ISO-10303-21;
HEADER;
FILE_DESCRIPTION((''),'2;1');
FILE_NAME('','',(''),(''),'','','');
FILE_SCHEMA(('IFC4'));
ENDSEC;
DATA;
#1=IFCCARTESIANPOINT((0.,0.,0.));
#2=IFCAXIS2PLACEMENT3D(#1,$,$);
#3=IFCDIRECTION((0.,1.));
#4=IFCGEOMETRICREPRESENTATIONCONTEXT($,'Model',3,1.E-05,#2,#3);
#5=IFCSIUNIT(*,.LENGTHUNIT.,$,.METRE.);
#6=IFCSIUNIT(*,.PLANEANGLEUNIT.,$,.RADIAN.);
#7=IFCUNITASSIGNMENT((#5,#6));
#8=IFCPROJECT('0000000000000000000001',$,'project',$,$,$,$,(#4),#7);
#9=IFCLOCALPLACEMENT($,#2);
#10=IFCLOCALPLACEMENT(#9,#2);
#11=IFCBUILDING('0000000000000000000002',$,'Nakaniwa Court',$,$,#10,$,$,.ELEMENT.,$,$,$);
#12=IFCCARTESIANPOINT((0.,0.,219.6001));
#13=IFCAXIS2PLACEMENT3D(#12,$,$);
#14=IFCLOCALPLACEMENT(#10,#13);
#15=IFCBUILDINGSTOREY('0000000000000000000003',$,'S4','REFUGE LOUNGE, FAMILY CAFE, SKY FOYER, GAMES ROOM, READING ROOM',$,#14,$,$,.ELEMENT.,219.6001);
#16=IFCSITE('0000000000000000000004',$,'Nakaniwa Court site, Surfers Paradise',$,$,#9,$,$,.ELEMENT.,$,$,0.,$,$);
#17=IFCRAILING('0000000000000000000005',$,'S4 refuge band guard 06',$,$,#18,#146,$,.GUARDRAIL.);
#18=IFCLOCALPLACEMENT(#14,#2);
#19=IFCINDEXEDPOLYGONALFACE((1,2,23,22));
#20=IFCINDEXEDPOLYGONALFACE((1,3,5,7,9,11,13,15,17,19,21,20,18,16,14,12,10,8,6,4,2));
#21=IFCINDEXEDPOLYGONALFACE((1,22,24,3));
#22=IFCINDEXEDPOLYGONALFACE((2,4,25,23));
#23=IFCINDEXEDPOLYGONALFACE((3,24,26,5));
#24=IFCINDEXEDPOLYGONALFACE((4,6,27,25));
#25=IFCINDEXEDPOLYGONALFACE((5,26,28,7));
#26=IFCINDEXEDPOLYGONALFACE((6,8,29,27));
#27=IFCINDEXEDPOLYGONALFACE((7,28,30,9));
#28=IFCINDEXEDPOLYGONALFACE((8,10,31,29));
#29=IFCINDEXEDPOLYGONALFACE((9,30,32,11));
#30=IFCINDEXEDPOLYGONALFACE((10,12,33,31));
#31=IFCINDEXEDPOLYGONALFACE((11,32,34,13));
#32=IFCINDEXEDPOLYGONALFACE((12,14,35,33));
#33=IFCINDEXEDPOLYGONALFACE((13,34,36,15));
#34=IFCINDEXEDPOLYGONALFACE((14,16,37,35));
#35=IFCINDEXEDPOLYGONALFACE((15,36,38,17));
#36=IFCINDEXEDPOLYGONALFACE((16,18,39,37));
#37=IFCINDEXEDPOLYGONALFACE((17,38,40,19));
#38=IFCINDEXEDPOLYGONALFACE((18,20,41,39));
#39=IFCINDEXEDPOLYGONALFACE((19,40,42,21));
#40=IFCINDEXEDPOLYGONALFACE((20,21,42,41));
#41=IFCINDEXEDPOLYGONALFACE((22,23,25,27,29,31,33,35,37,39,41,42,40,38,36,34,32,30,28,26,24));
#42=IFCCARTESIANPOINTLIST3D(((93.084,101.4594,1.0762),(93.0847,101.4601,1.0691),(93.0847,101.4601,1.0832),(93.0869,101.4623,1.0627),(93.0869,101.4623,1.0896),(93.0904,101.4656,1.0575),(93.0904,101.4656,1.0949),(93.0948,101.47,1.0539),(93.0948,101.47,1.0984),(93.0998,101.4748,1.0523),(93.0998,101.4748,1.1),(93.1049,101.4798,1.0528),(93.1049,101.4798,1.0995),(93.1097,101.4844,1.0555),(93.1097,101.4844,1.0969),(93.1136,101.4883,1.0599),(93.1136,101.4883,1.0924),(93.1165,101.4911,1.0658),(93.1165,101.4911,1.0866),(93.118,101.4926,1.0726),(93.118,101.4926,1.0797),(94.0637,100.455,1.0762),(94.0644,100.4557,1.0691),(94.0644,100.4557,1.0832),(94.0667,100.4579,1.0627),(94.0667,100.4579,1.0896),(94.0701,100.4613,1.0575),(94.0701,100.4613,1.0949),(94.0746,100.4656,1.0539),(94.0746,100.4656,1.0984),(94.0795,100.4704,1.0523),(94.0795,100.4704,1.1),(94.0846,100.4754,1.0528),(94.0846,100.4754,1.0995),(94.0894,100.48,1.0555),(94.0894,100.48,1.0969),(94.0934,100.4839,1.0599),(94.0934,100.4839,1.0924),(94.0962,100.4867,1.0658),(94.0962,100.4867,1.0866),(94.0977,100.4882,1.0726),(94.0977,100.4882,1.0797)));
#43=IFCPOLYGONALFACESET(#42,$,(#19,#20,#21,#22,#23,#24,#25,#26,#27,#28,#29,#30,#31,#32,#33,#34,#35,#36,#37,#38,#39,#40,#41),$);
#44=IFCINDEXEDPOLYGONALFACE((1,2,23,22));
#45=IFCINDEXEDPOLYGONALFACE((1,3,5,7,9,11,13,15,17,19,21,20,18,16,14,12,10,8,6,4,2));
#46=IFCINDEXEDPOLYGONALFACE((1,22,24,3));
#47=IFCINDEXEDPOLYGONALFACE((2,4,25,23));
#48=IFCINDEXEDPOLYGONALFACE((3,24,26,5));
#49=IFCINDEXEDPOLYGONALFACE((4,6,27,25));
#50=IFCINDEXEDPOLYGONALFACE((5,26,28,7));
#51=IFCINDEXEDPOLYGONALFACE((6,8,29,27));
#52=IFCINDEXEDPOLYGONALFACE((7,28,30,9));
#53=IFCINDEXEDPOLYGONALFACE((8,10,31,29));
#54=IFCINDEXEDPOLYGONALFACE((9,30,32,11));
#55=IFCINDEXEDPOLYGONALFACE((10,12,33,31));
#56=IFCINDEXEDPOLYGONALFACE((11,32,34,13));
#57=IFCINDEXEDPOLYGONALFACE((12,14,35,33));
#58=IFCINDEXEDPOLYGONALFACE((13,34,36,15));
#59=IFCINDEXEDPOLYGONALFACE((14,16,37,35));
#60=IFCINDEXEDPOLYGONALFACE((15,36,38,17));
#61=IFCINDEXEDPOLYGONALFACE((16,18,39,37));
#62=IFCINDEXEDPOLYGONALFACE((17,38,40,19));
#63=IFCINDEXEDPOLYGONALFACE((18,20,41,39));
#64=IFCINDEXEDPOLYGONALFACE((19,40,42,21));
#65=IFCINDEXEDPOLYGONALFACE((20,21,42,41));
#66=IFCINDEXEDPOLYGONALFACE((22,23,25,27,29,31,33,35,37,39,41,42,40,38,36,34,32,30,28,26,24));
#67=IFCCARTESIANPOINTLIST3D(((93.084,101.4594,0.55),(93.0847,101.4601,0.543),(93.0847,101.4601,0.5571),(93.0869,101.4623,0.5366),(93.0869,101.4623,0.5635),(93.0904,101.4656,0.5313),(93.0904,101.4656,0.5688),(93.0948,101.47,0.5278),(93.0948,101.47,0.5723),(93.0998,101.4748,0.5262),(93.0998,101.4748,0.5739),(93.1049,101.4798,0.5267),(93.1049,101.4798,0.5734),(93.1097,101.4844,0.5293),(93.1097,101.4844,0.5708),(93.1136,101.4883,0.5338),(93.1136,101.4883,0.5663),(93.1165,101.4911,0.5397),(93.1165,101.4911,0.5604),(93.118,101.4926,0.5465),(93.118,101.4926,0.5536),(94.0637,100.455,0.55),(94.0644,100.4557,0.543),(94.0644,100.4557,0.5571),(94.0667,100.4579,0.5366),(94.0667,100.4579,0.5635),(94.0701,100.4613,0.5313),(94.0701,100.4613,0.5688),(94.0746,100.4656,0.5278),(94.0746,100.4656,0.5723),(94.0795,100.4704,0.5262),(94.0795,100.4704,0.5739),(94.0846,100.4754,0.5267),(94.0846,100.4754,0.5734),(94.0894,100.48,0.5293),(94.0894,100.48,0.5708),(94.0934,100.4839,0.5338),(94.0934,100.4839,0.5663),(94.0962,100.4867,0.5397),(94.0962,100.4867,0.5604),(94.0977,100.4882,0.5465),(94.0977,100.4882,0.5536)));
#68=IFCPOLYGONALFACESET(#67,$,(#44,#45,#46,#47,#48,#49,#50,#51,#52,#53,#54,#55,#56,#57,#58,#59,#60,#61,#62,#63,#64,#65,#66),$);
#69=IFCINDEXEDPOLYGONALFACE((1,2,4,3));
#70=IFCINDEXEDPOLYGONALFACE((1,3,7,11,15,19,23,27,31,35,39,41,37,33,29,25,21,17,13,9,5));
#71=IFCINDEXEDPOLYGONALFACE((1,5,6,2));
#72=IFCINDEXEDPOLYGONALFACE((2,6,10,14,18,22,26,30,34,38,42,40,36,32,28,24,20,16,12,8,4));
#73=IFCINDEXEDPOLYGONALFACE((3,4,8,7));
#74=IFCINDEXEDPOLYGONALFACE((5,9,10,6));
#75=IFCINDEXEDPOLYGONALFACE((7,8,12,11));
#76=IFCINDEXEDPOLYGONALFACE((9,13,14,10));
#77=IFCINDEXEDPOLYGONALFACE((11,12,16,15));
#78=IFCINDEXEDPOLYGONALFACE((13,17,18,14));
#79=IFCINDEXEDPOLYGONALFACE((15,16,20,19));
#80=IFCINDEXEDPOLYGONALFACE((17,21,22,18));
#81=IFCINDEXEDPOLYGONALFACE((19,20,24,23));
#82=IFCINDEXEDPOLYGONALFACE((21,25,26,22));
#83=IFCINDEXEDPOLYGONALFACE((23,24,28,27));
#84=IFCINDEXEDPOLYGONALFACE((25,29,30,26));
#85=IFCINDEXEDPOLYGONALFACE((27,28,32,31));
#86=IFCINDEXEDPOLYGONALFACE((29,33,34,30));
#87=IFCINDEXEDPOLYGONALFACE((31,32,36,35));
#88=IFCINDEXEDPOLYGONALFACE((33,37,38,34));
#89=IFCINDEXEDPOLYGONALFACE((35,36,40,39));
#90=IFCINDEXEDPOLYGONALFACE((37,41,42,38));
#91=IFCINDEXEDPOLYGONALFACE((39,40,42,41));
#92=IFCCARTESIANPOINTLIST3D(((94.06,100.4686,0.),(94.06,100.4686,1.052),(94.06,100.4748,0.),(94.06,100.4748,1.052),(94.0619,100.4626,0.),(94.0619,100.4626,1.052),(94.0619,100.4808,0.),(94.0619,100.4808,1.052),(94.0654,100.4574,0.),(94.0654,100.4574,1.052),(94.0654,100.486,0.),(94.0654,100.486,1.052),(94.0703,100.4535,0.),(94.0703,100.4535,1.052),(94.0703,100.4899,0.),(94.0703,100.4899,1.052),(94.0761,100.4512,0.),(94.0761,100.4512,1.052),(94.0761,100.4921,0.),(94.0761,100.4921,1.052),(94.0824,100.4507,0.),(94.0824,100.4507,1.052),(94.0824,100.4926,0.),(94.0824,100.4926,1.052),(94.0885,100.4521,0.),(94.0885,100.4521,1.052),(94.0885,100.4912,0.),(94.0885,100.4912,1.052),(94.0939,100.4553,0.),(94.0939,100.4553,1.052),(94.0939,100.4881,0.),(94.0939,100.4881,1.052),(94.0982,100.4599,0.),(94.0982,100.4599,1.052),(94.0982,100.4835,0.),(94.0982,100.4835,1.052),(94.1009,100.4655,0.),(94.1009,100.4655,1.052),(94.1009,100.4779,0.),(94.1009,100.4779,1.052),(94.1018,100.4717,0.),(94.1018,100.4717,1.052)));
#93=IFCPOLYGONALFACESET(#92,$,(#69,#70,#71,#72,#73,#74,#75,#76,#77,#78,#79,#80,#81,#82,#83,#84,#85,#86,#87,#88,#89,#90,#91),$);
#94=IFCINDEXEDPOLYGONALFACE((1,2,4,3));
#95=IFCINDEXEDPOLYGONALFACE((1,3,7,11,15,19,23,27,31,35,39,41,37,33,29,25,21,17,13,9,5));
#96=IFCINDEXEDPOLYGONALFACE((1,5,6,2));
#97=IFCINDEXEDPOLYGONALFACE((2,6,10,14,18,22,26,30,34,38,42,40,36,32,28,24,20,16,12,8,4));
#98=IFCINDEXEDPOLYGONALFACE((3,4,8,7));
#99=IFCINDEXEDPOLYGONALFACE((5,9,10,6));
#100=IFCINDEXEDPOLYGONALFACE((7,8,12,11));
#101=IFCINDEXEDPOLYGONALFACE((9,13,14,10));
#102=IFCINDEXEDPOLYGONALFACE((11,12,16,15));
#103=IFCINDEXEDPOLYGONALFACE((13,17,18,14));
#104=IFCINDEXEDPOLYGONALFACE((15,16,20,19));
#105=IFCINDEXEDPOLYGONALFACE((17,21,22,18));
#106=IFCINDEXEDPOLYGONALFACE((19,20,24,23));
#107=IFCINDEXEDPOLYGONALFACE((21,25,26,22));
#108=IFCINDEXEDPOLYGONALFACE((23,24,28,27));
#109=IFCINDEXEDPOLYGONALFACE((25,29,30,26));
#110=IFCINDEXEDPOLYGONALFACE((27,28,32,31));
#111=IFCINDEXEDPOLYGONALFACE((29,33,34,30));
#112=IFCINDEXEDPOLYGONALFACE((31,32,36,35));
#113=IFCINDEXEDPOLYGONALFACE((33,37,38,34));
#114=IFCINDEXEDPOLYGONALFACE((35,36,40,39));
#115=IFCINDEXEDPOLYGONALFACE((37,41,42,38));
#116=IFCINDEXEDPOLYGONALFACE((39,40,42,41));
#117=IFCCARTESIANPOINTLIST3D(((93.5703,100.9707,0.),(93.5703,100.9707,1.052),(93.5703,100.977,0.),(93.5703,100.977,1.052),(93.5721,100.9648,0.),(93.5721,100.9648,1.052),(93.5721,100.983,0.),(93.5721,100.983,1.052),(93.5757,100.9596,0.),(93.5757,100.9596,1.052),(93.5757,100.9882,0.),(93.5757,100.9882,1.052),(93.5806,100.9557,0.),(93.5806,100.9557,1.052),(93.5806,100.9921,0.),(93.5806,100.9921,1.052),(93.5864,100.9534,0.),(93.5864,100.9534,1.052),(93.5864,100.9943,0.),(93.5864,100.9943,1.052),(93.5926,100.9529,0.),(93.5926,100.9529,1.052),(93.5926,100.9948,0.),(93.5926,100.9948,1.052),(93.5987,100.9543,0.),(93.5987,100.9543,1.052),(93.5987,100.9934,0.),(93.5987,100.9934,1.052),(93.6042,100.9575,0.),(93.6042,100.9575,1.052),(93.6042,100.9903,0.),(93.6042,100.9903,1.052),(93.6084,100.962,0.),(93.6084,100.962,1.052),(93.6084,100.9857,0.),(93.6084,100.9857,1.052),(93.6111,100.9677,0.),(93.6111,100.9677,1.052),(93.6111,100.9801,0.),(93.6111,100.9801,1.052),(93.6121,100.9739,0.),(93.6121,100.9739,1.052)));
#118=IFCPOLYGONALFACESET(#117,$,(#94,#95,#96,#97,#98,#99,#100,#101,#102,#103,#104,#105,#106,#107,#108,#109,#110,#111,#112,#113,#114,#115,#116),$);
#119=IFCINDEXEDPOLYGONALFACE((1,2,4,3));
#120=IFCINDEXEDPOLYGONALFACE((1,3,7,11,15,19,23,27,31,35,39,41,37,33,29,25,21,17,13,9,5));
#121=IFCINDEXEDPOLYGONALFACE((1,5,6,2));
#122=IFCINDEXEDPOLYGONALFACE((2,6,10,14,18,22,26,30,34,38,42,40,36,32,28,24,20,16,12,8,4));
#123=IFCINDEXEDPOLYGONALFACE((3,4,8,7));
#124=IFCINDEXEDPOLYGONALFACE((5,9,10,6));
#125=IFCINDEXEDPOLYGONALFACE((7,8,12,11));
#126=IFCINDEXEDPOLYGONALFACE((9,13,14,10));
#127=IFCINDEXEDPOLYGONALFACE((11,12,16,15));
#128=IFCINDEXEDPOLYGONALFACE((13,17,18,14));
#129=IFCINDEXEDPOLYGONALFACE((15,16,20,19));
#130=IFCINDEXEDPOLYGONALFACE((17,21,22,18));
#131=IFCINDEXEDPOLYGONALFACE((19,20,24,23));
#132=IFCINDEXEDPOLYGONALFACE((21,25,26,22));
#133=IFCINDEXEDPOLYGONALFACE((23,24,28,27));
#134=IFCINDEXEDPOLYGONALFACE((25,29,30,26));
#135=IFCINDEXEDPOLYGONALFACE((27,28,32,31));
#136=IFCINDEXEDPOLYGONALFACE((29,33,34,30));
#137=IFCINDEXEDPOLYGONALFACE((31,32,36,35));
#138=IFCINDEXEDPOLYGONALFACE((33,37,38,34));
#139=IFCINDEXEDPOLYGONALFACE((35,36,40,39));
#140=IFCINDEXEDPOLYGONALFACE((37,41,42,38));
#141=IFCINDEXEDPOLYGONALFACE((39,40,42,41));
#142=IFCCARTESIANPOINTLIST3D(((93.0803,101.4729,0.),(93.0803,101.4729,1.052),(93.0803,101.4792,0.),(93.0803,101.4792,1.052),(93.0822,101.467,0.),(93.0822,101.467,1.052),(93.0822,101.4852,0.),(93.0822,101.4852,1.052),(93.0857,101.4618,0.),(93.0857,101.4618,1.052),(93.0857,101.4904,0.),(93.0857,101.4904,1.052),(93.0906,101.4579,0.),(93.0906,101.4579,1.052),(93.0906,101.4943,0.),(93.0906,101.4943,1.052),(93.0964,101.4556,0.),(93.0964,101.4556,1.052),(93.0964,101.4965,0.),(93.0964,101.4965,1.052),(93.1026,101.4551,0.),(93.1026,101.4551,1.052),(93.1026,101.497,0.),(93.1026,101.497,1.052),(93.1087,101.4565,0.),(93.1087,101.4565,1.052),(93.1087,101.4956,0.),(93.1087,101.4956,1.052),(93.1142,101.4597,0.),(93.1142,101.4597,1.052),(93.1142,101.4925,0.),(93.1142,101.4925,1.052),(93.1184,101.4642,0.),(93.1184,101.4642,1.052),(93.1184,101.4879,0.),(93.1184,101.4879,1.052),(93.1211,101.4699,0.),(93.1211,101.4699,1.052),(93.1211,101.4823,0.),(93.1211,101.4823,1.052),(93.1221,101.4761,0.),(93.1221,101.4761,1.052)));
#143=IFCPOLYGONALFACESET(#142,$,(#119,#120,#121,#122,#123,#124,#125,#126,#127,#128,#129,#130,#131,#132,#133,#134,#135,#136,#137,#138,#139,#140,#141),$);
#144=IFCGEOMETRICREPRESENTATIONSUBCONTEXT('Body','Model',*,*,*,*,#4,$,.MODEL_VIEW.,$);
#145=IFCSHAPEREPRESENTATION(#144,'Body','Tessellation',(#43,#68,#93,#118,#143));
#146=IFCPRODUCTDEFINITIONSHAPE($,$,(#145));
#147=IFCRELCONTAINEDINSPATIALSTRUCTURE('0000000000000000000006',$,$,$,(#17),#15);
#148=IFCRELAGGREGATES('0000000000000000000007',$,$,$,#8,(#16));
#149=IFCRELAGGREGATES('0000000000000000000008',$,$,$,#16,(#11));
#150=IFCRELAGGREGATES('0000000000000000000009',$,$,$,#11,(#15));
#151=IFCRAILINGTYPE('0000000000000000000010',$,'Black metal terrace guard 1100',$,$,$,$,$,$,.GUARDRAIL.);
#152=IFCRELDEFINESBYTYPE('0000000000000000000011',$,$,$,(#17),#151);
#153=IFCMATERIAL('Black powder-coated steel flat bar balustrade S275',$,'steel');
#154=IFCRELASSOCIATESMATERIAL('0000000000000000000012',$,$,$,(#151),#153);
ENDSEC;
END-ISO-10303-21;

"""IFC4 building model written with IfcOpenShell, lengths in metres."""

from ifc_helpers import new_model, si_unit, direction, frame, origin, origin_2d, place, context, subcontext, project, spatial, circle, extrude, material, type_object, element, save


model = new_model("IFC4")

# Units and contexts
model_context = context("Model", 3, precision=1e-05, world=origin(), true_north=direction((0.0, 1.0)))
body_context = subcontext(model_context, "Body", "Model", "MODEL_VIEW")
ifc_project = project(units=[si_unit("LENGTHUNIT", "METRE"), si_unit("PLANEANGLEUNIT", "RADIAN")], contexts=[model_context])

# Site, building, storey
site_placement = place(None, origin())
site = spatial("IfcSite", under=ifc_project, at=site_placement, Name="Nakaniwa Court site, Surfers Paradise", CompositionType="ELEMENT", RefElevation=0.0)
building_placement = place(site_placement, origin())
building = spatial("IfcBuilding", under=site, at=building_placement, Name="Nakaniwa Court", CompositionType="ELEMENT")
storey_placement = place(building_placement, frame((0.0, 0.0, 219.6001)))
storey = spatial("IfcBuildingStorey", under=building, at=storey_placement, Name="S4", Description="REFUGE LOUNGE, FAMILY CAFE, SKY FOYER, GAMES ROOM, READING ROOM", CompositionType="ELEMENT", Elevation=219.6001)

# Railing
ifc_material_1 = material(Name="Black powder-coated steel flat bar balustrade S275", Category="steel")
railing_type = type_object("IfcRailingType", Name="Black metal terrace guard 1100", PredefinedType="GUARDRAIL", material=ifc_material_1)
railing_1_placement = place(storey_placement, frame((94.0808, 100.4717, 0.0)))
element("IfcRailing", 1, at=railing_1_placement, inside=storey, type_object=railing_type, Name="S4 refuge band guard 06", PredefinedType="GUARDRAIL", context=body_context, shape_type="SweptSolid", body=[
    extrude(circle(Radius=0.0239, at=origin_2d()), frame((0.0, 0.0, 1.0762), z_axis=(-0.698265, 0.715839, 0.0), x_axis=(-0.715839, -0.698265, 0.0)), (0.0, 0.0, 1.0), 1.4031),
    extrude(circle(Radius=0.0239, at=origin_2d()), frame((0.0, 0.0, 0.55), z_axis=(-0.698265, 0.715839, 0.0), x_axis=(-0.715839, -0.698265, 0.0)), (0.0, 0.0, 1.0), 1.4031),
    extrude(circle(Radius=0.021, at=origin_2d()), origin(), (0.0, 0.0, 1.0), 1.052),
    extrude(circle(Radius=0.021, at=origin_2d()), frame((-0.4897, 0.5022, 0.0)), (0.0, 0.0, 1.0), 1.052),
    extrude(circle(Radius=0.021, at=origin_2d()), frame((-0.9797, 1.0044, 0.0)), (0.0, 0.0, 1.0), 1.052),
])

save(model, "model.ifc")
